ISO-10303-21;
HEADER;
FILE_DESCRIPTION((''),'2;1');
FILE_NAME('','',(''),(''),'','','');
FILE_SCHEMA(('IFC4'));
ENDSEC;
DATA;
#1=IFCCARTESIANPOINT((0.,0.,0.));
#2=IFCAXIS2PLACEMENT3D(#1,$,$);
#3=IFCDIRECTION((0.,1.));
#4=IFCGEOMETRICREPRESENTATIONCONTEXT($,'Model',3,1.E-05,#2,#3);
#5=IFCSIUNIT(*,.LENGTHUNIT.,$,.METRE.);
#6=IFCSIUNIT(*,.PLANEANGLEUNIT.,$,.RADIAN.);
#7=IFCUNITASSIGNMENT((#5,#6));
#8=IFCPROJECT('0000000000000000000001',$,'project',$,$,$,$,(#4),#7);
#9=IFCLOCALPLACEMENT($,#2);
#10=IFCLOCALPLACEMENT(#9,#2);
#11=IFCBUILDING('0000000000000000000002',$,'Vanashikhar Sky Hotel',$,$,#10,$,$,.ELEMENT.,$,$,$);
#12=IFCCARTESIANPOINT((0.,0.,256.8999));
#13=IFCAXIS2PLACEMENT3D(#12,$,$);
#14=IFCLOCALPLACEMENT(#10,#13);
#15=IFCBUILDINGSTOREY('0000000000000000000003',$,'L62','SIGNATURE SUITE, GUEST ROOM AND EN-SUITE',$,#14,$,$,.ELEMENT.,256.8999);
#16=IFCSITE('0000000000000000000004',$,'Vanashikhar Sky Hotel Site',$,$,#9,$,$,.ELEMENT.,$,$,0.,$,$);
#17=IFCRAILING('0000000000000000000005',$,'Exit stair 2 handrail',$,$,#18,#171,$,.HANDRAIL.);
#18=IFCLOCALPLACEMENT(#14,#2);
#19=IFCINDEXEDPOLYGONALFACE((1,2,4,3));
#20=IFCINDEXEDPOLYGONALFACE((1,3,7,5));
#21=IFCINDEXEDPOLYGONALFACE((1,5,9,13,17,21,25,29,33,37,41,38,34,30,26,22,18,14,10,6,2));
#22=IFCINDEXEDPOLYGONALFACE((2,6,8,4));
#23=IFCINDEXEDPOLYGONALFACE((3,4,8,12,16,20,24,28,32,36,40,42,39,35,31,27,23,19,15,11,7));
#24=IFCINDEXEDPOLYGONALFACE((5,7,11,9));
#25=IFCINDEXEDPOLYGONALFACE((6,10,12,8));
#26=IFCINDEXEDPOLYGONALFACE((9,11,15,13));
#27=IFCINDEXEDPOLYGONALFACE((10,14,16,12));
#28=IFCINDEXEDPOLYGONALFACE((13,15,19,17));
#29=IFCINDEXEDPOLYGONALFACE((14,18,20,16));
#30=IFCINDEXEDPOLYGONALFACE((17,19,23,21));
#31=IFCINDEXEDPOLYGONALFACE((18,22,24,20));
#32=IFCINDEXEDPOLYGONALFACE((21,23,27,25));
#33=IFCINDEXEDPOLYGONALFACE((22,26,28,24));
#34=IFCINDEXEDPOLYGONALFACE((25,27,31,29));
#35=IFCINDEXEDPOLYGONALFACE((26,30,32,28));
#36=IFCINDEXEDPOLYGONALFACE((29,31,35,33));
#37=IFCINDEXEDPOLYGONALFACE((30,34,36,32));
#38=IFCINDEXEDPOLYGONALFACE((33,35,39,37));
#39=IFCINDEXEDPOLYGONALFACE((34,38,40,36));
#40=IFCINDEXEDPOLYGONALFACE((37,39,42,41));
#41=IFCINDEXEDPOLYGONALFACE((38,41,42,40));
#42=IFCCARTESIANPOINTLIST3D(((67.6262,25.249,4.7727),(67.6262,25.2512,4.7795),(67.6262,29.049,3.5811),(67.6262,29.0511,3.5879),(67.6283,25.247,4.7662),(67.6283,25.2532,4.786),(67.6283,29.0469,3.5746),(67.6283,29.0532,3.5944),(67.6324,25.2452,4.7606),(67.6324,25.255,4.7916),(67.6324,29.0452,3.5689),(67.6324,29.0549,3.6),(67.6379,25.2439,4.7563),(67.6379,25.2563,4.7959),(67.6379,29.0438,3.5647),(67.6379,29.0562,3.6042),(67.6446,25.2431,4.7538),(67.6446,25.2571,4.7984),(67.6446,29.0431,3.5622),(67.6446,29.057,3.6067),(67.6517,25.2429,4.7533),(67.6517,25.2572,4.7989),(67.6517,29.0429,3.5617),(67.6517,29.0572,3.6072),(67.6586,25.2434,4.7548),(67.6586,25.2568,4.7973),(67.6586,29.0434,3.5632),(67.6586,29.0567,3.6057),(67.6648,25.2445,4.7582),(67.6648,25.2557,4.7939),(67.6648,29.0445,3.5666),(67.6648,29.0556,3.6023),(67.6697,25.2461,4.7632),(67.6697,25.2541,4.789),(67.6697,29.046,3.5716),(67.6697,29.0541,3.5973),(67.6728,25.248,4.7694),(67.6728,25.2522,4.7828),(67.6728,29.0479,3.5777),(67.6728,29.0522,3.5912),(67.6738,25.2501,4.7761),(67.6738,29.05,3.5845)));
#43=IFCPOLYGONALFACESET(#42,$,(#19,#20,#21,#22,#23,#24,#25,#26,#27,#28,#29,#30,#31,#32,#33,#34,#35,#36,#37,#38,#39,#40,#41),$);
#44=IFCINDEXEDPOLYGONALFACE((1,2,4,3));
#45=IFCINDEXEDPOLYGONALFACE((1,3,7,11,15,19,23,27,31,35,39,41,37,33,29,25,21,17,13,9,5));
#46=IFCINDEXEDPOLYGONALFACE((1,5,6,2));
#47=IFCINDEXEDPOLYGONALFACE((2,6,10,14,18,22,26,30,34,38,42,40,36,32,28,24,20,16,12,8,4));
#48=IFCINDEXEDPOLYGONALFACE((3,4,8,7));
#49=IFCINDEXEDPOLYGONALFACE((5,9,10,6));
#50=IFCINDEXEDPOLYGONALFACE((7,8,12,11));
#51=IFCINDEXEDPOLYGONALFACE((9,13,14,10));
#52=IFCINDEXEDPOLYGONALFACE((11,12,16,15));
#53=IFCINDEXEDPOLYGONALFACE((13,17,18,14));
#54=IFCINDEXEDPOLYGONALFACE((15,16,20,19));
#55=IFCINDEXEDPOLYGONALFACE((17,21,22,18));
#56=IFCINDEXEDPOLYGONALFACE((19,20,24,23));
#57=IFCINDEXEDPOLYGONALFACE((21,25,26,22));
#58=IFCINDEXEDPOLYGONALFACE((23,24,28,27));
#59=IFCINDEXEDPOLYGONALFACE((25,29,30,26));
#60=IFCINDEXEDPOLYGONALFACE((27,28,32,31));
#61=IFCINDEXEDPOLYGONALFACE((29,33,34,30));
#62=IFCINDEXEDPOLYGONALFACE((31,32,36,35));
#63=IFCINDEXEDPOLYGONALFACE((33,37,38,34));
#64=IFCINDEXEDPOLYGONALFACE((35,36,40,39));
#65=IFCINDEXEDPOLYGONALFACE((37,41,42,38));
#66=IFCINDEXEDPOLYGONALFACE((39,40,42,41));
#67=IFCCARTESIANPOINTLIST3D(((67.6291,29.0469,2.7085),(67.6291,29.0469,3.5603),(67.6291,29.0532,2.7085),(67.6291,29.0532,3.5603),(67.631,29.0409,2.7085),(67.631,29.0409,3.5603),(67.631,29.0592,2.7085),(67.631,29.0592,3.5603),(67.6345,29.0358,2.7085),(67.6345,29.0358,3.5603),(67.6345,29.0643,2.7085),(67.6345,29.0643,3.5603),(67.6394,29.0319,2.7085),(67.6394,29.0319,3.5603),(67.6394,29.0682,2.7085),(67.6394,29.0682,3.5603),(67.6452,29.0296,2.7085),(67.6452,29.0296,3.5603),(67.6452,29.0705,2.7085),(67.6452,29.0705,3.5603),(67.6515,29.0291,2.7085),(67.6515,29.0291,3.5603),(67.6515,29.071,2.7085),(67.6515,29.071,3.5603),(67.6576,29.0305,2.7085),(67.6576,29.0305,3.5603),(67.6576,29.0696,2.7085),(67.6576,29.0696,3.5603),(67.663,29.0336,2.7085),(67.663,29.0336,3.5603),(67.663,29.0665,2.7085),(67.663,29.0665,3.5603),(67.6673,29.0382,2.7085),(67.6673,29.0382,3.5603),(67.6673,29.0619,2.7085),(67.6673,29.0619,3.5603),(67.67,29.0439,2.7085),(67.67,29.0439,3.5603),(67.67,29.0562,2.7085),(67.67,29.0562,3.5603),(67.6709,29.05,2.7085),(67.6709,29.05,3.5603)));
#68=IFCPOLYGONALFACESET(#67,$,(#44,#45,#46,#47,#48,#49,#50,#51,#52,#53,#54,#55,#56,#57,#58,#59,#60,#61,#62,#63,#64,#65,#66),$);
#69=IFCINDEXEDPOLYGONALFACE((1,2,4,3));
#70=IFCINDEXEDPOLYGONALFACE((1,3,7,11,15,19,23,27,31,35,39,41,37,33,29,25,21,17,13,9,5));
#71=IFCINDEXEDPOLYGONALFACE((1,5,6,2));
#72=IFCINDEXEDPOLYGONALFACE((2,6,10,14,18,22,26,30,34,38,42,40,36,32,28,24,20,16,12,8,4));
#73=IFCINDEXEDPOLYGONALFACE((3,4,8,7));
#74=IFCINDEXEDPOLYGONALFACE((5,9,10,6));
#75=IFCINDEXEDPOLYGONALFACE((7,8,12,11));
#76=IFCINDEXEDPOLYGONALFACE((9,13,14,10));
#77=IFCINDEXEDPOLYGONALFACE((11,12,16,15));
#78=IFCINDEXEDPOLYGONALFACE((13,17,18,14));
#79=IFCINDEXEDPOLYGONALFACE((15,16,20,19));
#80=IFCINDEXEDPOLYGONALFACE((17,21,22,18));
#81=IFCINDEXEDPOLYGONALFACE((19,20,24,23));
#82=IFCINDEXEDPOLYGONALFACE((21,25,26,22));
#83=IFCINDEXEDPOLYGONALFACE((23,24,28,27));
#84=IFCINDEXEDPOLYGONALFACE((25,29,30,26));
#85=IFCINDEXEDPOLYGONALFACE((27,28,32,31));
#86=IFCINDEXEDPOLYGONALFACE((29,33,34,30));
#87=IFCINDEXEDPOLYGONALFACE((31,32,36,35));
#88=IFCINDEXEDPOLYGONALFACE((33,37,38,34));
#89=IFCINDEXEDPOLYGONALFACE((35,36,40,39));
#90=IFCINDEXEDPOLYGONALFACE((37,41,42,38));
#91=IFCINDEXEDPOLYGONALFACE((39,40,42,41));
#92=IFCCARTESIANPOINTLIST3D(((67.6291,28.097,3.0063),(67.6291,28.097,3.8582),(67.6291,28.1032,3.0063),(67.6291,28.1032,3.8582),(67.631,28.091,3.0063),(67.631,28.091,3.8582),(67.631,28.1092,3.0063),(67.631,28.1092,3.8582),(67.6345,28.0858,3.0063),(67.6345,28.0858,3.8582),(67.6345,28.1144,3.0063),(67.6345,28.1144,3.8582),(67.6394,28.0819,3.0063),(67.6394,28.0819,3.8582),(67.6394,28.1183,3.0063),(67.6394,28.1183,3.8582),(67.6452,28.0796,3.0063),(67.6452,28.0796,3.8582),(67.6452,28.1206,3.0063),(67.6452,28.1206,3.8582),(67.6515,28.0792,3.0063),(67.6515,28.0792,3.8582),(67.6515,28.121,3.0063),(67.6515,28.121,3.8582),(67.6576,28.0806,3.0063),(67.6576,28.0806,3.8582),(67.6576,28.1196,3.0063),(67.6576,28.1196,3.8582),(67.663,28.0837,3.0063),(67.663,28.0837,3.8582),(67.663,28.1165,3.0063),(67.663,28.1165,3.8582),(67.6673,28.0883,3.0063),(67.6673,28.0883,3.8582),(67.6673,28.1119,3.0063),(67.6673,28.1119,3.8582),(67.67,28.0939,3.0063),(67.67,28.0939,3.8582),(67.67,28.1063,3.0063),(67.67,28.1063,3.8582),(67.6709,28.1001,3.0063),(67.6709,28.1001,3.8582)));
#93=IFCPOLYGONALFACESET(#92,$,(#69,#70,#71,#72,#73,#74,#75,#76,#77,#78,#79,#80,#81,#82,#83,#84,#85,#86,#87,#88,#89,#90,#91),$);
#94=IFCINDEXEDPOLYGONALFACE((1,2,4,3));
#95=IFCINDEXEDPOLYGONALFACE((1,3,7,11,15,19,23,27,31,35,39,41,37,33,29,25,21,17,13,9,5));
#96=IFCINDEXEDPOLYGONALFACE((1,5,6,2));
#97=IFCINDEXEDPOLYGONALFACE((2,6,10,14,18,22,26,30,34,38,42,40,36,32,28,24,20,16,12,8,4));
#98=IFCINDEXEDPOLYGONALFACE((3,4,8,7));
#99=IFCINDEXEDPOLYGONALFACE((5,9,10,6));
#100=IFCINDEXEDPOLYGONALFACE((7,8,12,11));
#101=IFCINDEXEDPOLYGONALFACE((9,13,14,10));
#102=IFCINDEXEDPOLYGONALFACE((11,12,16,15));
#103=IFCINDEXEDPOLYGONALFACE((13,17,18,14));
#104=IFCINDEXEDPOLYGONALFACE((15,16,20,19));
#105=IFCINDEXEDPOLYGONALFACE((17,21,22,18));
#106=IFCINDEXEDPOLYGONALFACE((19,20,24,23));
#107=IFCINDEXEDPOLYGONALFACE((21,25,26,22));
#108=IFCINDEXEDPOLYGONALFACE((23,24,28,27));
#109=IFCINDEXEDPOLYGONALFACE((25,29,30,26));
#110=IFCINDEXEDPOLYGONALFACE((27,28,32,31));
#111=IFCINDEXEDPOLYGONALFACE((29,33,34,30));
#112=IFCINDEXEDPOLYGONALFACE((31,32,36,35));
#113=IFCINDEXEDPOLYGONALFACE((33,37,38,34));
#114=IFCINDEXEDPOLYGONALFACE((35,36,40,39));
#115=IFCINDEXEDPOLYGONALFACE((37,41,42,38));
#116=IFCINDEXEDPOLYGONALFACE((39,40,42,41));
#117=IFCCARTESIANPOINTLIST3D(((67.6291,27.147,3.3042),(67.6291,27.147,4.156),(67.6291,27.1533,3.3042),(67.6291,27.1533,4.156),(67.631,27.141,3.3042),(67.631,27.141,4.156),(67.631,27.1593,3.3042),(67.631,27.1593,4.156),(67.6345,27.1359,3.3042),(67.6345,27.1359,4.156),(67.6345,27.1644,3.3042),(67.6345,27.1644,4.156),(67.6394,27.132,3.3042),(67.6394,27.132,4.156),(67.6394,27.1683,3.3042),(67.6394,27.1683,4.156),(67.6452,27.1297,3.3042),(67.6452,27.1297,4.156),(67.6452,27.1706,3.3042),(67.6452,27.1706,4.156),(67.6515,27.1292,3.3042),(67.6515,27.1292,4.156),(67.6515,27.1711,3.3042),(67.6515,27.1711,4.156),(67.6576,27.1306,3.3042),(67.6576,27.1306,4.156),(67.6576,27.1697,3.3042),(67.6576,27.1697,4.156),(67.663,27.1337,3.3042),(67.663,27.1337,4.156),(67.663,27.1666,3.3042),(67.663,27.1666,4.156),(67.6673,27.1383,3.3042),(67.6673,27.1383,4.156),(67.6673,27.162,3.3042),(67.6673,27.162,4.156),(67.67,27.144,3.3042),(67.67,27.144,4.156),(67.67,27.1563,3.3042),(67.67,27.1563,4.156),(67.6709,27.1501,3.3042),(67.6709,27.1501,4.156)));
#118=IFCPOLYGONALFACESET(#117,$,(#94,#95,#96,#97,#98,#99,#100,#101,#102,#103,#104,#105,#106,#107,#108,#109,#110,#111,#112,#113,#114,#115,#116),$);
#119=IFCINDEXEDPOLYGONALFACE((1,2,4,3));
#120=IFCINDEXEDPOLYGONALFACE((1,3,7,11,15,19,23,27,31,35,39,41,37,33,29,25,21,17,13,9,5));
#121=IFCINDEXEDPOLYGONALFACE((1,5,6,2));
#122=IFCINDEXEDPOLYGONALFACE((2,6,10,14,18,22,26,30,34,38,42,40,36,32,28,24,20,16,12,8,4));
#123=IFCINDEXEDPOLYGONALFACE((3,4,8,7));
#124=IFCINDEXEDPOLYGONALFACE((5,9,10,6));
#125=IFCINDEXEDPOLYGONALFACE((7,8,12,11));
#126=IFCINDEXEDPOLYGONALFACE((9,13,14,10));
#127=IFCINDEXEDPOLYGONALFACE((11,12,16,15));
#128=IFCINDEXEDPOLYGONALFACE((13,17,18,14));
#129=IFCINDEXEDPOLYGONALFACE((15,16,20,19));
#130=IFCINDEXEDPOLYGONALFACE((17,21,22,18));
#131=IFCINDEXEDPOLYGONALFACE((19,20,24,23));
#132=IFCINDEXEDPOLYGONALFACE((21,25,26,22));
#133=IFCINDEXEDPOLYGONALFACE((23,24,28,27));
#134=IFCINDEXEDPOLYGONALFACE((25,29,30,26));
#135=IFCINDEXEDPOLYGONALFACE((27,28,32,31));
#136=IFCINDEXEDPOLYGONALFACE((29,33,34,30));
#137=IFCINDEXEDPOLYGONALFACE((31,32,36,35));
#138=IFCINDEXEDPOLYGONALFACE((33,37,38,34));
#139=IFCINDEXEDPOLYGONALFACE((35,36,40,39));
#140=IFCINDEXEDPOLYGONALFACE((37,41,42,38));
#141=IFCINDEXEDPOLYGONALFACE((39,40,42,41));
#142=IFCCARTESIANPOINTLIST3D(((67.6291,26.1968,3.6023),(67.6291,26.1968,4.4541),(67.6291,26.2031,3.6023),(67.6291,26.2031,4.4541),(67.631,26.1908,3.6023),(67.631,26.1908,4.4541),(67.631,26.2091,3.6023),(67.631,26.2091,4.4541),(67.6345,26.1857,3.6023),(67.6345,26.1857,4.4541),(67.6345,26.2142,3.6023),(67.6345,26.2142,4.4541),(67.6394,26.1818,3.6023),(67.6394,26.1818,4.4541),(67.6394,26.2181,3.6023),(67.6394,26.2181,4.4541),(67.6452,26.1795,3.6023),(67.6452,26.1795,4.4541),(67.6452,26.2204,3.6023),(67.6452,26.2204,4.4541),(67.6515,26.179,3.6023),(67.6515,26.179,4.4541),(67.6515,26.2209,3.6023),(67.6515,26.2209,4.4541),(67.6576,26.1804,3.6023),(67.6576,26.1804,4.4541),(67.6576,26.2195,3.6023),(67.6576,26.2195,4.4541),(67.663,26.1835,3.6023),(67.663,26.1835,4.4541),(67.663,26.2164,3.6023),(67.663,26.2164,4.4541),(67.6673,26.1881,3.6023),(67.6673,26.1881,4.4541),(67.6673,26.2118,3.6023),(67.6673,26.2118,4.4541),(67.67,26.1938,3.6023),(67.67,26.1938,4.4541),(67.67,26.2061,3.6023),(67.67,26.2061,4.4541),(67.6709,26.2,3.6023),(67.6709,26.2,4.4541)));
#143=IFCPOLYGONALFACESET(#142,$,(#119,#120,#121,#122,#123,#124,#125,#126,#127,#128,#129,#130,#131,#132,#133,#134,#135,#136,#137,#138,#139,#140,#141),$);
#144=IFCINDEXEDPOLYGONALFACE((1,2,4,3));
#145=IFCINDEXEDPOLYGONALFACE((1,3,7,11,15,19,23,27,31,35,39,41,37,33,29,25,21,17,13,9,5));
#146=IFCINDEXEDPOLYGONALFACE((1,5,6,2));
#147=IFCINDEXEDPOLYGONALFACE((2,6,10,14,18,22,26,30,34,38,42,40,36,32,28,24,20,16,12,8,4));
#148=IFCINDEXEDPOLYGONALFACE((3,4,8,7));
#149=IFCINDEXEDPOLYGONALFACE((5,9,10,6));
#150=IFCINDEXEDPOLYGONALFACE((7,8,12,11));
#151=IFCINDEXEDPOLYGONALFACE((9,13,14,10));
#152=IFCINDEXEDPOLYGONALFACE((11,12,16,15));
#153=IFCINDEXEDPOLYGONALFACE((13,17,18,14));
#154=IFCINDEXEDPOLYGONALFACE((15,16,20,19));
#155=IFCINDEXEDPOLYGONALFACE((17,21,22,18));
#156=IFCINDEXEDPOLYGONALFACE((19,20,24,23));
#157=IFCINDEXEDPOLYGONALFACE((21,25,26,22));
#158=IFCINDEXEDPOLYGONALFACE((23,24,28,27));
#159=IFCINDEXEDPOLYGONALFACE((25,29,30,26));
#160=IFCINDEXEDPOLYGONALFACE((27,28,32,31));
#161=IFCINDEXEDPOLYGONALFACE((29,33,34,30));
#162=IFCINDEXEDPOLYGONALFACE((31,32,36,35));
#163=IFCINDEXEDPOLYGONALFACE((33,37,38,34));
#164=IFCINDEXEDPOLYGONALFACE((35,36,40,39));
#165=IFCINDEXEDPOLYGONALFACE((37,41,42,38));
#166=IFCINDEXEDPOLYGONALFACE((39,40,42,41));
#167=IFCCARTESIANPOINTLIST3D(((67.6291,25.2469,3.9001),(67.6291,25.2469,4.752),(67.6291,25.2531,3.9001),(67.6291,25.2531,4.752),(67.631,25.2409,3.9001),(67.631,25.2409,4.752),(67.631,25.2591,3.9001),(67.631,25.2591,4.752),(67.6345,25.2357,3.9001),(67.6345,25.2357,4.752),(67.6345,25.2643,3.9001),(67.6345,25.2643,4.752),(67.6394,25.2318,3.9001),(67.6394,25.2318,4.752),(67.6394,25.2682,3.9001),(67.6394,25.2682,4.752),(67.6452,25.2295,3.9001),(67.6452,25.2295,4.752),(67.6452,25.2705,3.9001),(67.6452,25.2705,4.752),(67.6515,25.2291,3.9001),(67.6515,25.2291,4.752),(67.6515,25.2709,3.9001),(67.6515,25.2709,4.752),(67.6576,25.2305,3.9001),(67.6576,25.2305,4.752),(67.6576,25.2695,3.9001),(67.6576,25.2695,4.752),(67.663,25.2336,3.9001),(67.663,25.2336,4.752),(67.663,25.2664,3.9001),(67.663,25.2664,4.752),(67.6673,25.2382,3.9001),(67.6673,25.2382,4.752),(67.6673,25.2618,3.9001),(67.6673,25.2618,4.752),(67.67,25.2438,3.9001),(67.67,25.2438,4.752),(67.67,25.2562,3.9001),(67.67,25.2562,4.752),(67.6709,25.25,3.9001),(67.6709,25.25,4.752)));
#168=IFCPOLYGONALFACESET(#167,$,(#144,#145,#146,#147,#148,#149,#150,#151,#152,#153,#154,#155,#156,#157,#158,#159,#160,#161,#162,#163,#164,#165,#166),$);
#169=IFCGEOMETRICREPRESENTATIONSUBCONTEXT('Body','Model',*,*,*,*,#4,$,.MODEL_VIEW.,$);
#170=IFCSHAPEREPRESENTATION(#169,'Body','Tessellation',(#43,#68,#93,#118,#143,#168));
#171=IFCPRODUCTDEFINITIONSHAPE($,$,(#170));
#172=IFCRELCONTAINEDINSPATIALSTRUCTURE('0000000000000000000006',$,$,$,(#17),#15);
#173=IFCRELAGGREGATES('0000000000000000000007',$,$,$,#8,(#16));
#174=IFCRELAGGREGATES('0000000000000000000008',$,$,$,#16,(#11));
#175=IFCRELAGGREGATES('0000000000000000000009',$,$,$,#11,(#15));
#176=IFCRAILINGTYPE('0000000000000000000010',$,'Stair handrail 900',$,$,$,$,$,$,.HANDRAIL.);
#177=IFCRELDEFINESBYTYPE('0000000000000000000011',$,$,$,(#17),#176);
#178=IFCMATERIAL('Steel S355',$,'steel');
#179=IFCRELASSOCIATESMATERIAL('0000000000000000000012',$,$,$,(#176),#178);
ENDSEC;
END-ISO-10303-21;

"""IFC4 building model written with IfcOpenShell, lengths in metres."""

from ifc_helpers import new_model, si_unit, direction, frame, origin, origin_2d, place, context, subcontext, project, spatial, circle, extrude, source, transform, mapped, material, type_object, element, save


model = new_model("IFC4")

# Units and contexts
model_context = context("Model", 3, precision=1e-05, world=origin(), true_north=direction((0.0, 1.0)))
body_context = subcontext(model_context, "Body", "Model", "MODEL_VIEW")
ifc_project = project(units=[si_unit("LENGTHUNIT", "METRE"), si_unit("PLANEANGLEUNIT", "RADIAN")], contexts=[model_context])

# Site, building, storey
site_placement = place(None, origin())
site = spatial("IfcSite", under=ifc_project, at=site_placement, Name="Vanashikhar Sky Hotel Site", CompositionType="ELEMENT", RefElevation=0.0)
building_placement = place(site_placement, origin())
building = spatial("IfcBuilding", under=site, at=building_placement, Name="Vanashikhar Sky Hotel", CompositionType="ELEMENT")
storey_placement = place(building_placement, frame((0.0, 0.0, 256.8999)))
storey = spatial("IfcBuildingStorey", under=building, at=storey_placement, Name="L62", Description="SIGNATURE SUITE, GUEST ROOM AND EN-SUITE", CompositionType="ELEMENT", Elevation=256.8999)

# Railing
ifc_material_1 = material(Name="Steel S355", Category="steel")
railing_type_1 = type_object("IfcRailingType", Name="Stair handrail 900", PredefinedType="HANDRAIL", material=ifc_material_1)
shared_shape_1 = source(origin(), body_context, "Body", "SweptSolid", [
    extrude(circle(Radius=0.0239, at=origin_2d()), frame((0.0, 0.0, 0.876), z_axis=(0.0, -0.954184, 0.299221), x_axis=(1.0, 0.0, 0.0)), (0.0, 0.0, 1.0), 3.9824),
    extrude(circle(Radius=0.021, at=origin_2d()), origin(), (0.0, 0.0, 1.0), 0.8518),
    extrude(circle(Radius=0.021, at=origin_2d()), frame((0.0, -0.95, 0.2979)), (0.0, 0.0, 1.0), 0.8518),
    extrude(circle(Radius=0.021, at=origin_2d()), frame((0.0, -1.8999, 0.5957)), (0.0, 0.0, 1.0), 0.8518),
    extrude(circle(Radius=0.021, at=origin_2d()), frame((0.0, -2.8501, 0.8938)), (0.0, 0.0, 1.0), 0.8518),
    extrude(circle(Radius=0.021, at=origin_2d()), frame((0.0, -3.8, 1.1917)), (0.0, 0.0, 1.0), 0.8518),
])
for number, where, name in (
    (1, (67.6499, 29.05, 2.7085), "Exit stair 2 handrail"),
):
    element("IfcRailing", number, at=place(storey_placement, frame(where)), inside=storey, type_object=railing_type_1, Name=name, PredefinedType="HANDRAIL", context=body_context, shape_type="MappedRepresentation", body=[
        mapped(shared_shape_1, transform((0.0, 0.0, 0.0), scale=1.0)),
    ])

save(model, "model.ifc")
